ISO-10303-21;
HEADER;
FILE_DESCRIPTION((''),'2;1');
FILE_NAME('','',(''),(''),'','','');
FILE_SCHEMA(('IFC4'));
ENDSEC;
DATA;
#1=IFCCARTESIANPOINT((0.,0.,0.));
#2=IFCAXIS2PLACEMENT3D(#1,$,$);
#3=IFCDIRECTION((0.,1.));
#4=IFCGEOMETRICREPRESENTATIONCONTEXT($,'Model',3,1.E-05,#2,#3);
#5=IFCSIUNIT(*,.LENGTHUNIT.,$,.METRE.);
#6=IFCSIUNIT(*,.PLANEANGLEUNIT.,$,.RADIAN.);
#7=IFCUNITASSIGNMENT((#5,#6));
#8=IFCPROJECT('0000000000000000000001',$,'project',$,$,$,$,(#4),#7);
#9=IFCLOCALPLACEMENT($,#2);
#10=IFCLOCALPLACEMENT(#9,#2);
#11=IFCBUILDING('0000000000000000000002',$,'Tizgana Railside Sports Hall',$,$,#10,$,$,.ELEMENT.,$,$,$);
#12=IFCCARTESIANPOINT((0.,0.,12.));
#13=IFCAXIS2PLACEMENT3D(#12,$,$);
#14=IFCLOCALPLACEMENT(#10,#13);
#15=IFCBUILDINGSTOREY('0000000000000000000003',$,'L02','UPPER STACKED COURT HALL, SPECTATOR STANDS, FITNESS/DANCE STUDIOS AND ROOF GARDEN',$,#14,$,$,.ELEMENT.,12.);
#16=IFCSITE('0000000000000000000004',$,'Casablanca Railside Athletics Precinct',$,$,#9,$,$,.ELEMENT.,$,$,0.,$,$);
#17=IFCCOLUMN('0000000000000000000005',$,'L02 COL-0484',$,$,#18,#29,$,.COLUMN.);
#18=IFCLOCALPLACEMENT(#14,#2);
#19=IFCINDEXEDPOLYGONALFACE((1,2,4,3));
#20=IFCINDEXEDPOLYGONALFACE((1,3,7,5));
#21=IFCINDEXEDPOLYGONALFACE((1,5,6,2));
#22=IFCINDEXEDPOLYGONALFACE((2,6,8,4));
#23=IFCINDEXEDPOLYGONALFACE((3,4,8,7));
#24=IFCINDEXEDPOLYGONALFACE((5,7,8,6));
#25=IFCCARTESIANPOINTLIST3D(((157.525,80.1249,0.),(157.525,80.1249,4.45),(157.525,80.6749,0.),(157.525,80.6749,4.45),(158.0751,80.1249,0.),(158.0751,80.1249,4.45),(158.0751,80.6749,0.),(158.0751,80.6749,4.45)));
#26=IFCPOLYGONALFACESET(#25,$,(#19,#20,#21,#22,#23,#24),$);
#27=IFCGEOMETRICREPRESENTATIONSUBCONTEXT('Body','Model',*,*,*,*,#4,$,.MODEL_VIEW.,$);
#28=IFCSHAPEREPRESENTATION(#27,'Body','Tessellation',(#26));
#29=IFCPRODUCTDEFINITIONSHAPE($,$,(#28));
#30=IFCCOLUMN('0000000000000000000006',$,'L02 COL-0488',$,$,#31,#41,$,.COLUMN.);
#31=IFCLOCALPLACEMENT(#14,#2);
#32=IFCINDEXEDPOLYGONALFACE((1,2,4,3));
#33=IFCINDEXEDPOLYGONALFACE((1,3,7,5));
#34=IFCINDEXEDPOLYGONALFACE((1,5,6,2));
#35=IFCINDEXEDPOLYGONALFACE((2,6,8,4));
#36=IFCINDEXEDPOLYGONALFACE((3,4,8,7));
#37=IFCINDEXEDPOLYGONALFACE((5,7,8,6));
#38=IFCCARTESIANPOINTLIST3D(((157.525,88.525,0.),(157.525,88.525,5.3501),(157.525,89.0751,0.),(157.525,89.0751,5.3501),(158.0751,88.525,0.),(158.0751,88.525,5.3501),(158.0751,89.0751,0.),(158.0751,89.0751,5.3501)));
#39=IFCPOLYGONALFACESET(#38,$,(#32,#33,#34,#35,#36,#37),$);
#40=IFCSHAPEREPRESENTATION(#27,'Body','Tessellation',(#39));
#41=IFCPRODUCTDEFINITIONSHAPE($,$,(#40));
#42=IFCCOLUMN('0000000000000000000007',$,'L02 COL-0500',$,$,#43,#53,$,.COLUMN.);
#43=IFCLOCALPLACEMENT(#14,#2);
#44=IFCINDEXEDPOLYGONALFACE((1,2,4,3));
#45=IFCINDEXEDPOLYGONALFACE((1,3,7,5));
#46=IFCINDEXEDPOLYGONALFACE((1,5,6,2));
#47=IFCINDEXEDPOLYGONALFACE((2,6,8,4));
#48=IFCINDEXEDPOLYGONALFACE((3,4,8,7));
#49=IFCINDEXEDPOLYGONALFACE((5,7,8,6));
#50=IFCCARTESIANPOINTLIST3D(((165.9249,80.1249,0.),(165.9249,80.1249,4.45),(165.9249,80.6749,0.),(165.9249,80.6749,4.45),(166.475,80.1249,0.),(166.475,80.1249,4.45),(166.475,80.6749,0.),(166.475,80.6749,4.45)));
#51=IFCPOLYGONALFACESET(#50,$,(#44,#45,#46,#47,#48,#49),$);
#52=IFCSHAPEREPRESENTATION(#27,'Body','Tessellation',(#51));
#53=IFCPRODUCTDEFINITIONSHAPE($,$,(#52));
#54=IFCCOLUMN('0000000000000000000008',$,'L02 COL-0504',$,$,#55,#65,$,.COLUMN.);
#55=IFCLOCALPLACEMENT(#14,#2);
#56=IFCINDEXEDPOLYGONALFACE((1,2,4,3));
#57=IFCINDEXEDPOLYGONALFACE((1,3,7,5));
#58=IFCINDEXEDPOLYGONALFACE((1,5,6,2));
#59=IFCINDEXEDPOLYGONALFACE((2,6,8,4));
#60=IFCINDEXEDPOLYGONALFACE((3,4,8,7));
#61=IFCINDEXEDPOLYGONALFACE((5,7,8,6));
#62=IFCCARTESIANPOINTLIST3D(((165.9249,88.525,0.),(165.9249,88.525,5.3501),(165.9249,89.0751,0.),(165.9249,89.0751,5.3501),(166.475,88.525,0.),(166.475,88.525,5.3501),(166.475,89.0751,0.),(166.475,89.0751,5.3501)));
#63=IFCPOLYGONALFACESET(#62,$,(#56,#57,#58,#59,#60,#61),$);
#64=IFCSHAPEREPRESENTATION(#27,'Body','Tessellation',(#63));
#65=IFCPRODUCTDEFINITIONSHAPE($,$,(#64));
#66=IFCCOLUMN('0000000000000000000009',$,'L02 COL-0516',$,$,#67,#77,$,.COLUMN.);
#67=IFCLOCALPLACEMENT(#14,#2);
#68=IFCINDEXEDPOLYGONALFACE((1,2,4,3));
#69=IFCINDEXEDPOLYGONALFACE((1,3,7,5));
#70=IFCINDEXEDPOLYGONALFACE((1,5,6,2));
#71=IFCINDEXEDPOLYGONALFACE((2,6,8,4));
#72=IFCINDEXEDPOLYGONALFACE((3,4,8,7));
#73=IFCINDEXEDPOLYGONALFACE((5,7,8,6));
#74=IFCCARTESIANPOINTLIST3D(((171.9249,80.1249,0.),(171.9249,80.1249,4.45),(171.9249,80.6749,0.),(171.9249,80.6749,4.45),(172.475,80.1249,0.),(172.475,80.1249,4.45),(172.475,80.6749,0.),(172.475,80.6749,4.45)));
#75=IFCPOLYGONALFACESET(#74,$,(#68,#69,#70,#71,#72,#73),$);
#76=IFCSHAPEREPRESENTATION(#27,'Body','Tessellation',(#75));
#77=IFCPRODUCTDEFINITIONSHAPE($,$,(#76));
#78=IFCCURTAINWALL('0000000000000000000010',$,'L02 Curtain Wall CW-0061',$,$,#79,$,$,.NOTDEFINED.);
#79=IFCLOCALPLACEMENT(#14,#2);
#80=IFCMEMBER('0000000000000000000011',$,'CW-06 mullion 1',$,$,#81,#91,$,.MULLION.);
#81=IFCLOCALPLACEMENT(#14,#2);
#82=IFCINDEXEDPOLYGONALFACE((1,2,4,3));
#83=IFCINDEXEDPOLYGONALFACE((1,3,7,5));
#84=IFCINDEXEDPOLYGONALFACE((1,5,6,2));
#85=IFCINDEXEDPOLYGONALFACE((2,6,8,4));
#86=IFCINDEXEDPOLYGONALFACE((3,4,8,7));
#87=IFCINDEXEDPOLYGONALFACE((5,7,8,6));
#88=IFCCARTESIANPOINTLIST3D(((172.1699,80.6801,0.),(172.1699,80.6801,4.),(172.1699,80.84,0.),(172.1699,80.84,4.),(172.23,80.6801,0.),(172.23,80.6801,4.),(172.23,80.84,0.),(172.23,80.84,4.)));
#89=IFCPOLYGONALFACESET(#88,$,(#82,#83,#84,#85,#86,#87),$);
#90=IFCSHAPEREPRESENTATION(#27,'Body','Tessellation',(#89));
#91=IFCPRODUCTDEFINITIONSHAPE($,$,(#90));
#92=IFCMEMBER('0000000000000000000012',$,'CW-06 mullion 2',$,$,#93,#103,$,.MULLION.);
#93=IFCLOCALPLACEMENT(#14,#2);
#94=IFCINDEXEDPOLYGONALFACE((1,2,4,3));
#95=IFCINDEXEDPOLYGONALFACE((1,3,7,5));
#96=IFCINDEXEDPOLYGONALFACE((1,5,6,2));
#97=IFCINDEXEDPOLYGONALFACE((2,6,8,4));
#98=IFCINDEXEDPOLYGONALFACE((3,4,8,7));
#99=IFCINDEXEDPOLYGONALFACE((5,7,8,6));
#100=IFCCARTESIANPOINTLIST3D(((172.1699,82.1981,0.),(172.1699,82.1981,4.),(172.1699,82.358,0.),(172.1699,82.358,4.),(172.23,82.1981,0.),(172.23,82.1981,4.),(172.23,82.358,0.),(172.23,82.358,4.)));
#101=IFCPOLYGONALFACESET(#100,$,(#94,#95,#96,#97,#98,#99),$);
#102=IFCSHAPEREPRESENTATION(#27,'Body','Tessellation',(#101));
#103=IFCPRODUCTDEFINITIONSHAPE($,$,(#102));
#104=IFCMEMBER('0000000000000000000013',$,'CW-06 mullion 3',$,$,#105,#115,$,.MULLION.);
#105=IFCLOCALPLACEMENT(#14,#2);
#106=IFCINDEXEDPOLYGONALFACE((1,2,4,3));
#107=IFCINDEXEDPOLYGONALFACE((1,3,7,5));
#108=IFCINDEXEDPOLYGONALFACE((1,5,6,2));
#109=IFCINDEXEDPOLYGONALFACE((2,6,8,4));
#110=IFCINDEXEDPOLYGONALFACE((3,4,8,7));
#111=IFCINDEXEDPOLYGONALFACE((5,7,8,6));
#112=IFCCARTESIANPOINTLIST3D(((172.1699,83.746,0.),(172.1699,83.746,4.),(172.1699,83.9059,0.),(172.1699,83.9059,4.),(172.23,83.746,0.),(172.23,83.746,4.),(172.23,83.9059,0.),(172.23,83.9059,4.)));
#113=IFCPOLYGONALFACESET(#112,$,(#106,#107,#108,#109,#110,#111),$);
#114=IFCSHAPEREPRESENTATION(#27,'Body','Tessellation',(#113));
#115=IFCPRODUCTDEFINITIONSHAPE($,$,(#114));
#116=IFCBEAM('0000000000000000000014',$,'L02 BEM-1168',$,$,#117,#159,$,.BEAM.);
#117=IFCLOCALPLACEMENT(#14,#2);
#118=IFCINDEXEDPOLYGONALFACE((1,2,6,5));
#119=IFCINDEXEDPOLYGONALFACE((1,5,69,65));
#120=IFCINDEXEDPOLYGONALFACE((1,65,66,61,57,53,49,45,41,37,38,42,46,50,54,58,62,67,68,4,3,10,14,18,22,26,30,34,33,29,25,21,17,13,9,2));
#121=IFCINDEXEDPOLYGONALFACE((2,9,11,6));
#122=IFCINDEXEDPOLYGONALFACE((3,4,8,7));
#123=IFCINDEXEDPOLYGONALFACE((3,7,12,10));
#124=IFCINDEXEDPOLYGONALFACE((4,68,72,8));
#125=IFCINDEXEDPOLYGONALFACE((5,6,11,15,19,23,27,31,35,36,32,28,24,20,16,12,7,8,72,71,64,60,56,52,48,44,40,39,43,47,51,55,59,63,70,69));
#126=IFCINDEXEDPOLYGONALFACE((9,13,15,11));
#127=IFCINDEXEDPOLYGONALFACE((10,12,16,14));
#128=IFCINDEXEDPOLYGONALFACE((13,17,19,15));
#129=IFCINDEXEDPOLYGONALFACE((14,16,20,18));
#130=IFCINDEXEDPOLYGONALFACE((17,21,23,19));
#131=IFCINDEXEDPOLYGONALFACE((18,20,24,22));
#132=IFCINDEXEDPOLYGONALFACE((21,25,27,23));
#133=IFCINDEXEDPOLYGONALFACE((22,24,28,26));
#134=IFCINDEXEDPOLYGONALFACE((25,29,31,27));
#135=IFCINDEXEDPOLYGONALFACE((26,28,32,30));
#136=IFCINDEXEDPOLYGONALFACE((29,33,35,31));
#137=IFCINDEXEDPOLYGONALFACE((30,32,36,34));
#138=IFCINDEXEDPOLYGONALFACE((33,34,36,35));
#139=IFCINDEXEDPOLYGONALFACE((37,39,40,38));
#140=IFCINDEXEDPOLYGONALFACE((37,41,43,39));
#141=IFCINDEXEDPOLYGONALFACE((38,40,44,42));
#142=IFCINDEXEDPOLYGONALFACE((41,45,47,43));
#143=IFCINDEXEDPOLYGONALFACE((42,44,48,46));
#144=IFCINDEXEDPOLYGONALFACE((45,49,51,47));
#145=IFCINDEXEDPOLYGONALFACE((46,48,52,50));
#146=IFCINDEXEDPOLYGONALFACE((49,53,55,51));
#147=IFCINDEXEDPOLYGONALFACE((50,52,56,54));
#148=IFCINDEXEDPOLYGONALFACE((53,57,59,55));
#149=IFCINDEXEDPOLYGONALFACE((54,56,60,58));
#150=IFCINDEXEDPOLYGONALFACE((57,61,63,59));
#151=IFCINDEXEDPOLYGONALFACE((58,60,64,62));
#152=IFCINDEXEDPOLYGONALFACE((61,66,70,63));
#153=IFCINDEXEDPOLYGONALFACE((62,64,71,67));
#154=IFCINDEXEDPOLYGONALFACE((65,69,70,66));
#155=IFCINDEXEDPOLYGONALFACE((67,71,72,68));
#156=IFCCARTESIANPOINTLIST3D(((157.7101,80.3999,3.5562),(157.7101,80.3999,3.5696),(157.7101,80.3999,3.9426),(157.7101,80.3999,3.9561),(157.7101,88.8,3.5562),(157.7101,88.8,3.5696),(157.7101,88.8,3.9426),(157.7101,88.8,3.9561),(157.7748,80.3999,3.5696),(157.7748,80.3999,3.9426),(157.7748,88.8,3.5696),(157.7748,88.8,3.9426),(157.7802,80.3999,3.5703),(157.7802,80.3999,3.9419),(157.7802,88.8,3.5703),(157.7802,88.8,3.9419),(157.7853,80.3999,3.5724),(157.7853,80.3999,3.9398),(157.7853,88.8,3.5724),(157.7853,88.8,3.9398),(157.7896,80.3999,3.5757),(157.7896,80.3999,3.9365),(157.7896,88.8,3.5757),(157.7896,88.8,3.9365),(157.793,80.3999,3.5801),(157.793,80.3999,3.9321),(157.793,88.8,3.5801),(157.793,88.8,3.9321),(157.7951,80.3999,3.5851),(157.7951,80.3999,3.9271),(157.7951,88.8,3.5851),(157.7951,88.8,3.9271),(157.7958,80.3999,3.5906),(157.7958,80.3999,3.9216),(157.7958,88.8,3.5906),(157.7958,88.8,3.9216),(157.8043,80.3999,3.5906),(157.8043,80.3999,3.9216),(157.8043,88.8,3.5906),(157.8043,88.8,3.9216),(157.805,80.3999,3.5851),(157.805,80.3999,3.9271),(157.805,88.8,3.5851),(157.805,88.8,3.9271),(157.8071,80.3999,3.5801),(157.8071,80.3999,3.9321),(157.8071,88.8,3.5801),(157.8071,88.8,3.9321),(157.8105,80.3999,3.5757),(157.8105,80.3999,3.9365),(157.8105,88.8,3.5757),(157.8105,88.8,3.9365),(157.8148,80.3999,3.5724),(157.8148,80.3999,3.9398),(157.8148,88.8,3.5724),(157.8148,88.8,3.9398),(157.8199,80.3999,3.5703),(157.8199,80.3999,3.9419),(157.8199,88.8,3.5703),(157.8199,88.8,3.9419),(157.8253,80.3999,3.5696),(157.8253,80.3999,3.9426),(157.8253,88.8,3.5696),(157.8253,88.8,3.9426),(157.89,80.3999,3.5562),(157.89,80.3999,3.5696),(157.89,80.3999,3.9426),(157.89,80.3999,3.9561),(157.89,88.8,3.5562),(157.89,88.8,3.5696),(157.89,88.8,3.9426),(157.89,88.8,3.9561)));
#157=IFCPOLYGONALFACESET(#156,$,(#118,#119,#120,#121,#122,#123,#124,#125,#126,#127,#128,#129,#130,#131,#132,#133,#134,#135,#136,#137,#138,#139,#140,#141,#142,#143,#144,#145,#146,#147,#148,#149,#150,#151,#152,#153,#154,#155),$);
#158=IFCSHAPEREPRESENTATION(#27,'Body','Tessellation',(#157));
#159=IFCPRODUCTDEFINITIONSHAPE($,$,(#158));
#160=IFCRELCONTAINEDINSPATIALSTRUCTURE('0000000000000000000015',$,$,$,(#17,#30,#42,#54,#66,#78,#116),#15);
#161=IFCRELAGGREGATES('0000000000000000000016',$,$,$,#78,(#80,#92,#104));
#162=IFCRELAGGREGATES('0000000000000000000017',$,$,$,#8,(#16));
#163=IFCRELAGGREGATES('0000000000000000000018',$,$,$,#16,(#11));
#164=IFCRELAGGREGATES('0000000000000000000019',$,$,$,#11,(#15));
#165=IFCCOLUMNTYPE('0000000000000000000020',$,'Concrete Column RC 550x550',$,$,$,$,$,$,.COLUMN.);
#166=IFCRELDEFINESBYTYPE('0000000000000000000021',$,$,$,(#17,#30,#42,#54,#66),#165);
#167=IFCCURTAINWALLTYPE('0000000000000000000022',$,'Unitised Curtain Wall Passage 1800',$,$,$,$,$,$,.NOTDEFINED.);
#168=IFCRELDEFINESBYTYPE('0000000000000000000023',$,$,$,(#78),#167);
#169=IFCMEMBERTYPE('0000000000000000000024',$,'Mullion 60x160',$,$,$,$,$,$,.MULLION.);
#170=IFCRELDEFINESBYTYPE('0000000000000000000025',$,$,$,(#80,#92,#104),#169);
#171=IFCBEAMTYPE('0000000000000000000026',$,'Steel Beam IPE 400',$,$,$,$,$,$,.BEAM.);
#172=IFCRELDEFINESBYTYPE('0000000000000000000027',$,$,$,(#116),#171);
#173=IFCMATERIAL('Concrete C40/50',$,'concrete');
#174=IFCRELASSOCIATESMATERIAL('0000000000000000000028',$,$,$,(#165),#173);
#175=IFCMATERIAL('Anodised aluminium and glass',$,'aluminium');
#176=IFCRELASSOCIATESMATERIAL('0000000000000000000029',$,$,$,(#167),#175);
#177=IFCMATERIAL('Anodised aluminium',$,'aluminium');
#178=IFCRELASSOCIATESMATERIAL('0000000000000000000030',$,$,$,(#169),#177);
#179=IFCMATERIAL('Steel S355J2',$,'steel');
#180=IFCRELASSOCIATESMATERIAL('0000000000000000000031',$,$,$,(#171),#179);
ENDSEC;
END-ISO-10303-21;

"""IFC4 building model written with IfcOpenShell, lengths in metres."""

from ifc_helpers import new_model, si_unit, direction, frame, origin, origin_2d, place, context, subcontext, project, spatial, rectangle, i_section, extrude, material, material_profile, profile_set, type_object, element, aggregate, save


model = new_model("IFC4")

# Units and contexts
model_context = context("Model", 3, precision=1e-05, world=origin(), true_north=direction((0.0, 1.0)))
body_context = subcontext(model_context, "Body", "Model", "MODEL_VIEW")
ifc_project = project(units=[si_unit("LENGTHUNIT", "METRE"), si_unit("PLANEANGLEUNIT", "RADIAN")], contexts=[model_context])

# Site, building, storey
site_placement = place(None, origin())
site = spatial("IfcSite", under=ifc_project, at=site_placement, Name="Casablanca Railside Athletics Precinct", CompositionType="ELEMENT", RefElevation=0.0)
building_placement = place(site_placement, origin())
building = spatial("IfcBuilding", under=site, at=building_placement, Name="Tizgana Railside Sports Hall", CompositionType="ELEMENT")
storey_placement = place(building_placement, frame((0.0, 0.0, 12.0)))
storey = spatial("IfcBuildingStorey", under=building, at=storey_placement, Name="L02", Description="UPPER STACKED COURT HALL, SPECTATOR STANDS, FITNESS/DANCE STUDIOS AND ROOF GARDEN", CompositionType="ELEMENT", Elevation=12.0)

# Columns
ifc_material_1 = material(Name="Concrete C40/50", Category="concrete")
ifc_material_profile_1 = material_profile(ifc_material_1, rectangle(XDim=0.55, YDim=0.55, at=origin_2d()), Name="RC 550x550")
ifc_profile_set_1 = profile_set([ifc_material_profile_1], Name="Concrete C40/50")
column_type = type_object("IfcColumnType", Name="Concrete Column RC 550x550", PredefinedType="COLUMN", material=ifc_profile_set_1)
column_1_placement = place(storey_placement, frame((157.8, 80.3999, 0.0), z_axis=(0.0, 0.0, 1.0), x_axis=(1.0, 0.0, 0.0)))
element("IfcColumn", 1, at=column_1_placement, inside=storey, type_object=column_type, Name="L02 COL-0484", PredefinedType="COLUMN", context=body_context, shape_type="SweptSolid", body=[
    extrude(rectangle(XDim=0.55, YDim=0.55, at=origin_2d()), origin(), (0.0, 0.0, 1.0), 4.45),
])
column_2_placement = place(storey_placement, frame((157.8, 88.8, 0.0), z_axis=(0.0, 0.0, 1.0), x_axis=(1.0, 0.0, 0.0)))
element("IfcColumn", 2, at=column_2_placement, inside=storey, type_object=column_type, Name="L02 COL-0488", PredefinedType="COLUMN", context=body_context, shape_type="SweptSolid", body=[
    extrude(rectangle(XDim=0.55, YDim=0.55, at=origin_2d()), origin(), (0.0, 0.0, 1.0), 5.3501),
])
column_3_placement = place(storey_placement, frame((166.2, 80.3999, 0.0), z_axis=(0.0, 0.0, 1.0), x_axis=(1.0, 0.0, 0.0)))
element("IfcColumn", 3, at=column_3_placement, inside=storey, type_object=column_type, Name="L02 COL-0500", PredefinedType="COLUMN", context=body_context, shape_type="SweptSolid", body=[
    extrude(rectangle(XDim=0.55, YDim=0.55, at=origin_2d()), origin(), (0.0, 0.0, 1.0), 4.45),
])
column_4_placement = place(storey_placement, frame((166.2, 88.8, 0.0), z_axis=(0.0, 0.0, 1.0), x_axis=(1.0, 0.0, 0.0)))
element("IfcColumn", 4, at=column_4_placement, inside=storey, type_object=column_type, Name="L02 COL-0504", PredefinedType="COLUMN", context=body_context, shape_type="SweptSolid", body=[
    extrude(rectangle(XDim=0.55, YDim=0.55, at=origin_2d()), origin(), (0.0, 0.0, 1.0), 5.3501),
])
column_5_placement = place(storey_placement, frame((172.2, 80.3999, 0.0), z_axis=(0.0, 0.0, 1.0), x_axis=(1.0, 0.0, 0.0)))
element("IfcColumn", 5, at=column_5_placement, inside=storey, type_object=column_type, Name="L02 COL-0516", PredefinedType="COLUMN", context=body_context, shape_type="SweptSolid", body=[
    extrude(rectangle(XDim=0.55, YDim=0.55, at=origin_2d()), origin(), (0.0, 0.0, 1.0), 4.45),
])

# Curtain wall, members
ifc_material_2 = material(Name="Anodised aluminium and glass", Category="aluminium")
curtain_wall_type = type_object("IfcCurtainWallType", Name="Unitised Curtain Wall Passage 1800", PredefinedType="NOTDEFINED", material=ifc_material_2)
curtain_wall_placement = place(storey_placement, origin())
curtain_wall = element("IfcCurtainWall", 6, at=curtain_wall_placement, inside=storey, type_object=curtain_wall_type, Name="L02 Curtain Wall CW-0061", PredefinedType="NOTDEFINED")
ifc_material_3 = material(Name="Anodised aluminium", Category="aluminium")
ifc_material_profile_2 = material_profile(ifc_material_3, rectangle(XDim=0.0601, YDim=0.1599, at=origin_2d()), Name="Mullion 60x160")
ifc_profile_set_2 = profile_set([ifc_material_profile_2], Name="Anodised aluminium")
member_type_1 = type_object("IfcMemberType", Name="Mullion 60x160", PredefinedType="MULLION", material=ifc_profile_set_2)
member_1_placement = place(storey_placement, frame((172.2, 80.76, 0.0), z_axis=(0.0, 0.0, 1.0), x_axis=(-1.0, 0.0, 0.0)))
member_1 = element("IfcMember", 7, at=member_1_placement, type_object=member_type_1, Name="CW-06 mullion 1", PredefinedType="MULLION", context=body_context, shape_type="SweptSolid", body=[
    extrude(rectangle(XDim=0.0601, YDim=0.1599, at=origin_2d()), origin(), (0.0, 0.0, 1.0), 4.0),
])
member_2_placement = place(storey_placement, frame((172.2, 82.2781, 0.0), z_axis=(0.0, 0.0, 1.0), x_axis=(-1.0, 0.0, 0.0)))
member_2 = element("IfcMember", 8, at=member_2_placement, type_object=member_type_1, Name="CW-06 mullion 2", PredefinedType="MULLION", context=body_context, shape_type="SweptSolid", body=[
    extrude(rectangle(XDim=0.0601, YDim=0.1599, at=origin_2d()), origin(), (0.0, 0.0, 1.0), 4.0),
])
member_3_placement = place(storey_placement, frame((172.2, 83.8259, 0.0), z_axis=(0.0, 0.0, 1.0), x_axis=(-1.0, 0.0, 0.0)))
member_3 = element("IfcMember", 9, at=member_3_placement, type_object=member_type_1, Name="CW-06 mullion 3", PredefinedType="MULLION", context=body_context, shape_type="SweptSolid", body=[
    extrude(rectangle(XDim=0.0601, YDim=0.1599, at=origin_2d()), origin(), (0.0, 0.0, 1.0), 4.0),
])

# Beam
ifc_material_4 = material(Name="Steel S355J2", Category="steel")
ifc_material_profile_3 = material_profile(ifc_material_4, i_section(OverallWidth=0.1799, OverallDepth=0.3999, WebThickness=0.0085, FlangeThickness=0.0134, FilletRadius=0.021, at=origin_2d()), Name="IPE 400")
ifc_profile_set_3 = profile_set([ifc_material_profile_3], Name="Steel S355J2")
beam_type_1 = type_object("IfcBeamType", Name="Steel Beam IPE 400", PredefinedType="BEAM", material=ifc_profile_set_3)
for number, where, z_axis, x_axis, name in (
    (10, (157.8, 80.3999, 3.7561), (0.0, 1.0, 0.0), (-1.0, 0.0, 0.0), "L02 BEM-1168"),
):
    element("IfcBeam", number, at=place(storey_placement, frame(where, z_axis=z_axis, x_axis=x_axis)), inside=storey, type_object=beam_type_1, Name=name, PredefinedType="BEAM", context=body_context, shape_type="SweptSolid", body=[
        extrude(i_section(OverallWidth=0.1799, OverallDepth=0.3999, WebThickness=0.0085, FlangeThickness=0.0134, FilletRadius=0.021, at=origin_2d()), origin(), (0.0, 0.0, 1.0), 8.4001),
    ])

aggregate(curtain_wall, [member_1, member_2, member_3])

save(model, "model.ifc")
